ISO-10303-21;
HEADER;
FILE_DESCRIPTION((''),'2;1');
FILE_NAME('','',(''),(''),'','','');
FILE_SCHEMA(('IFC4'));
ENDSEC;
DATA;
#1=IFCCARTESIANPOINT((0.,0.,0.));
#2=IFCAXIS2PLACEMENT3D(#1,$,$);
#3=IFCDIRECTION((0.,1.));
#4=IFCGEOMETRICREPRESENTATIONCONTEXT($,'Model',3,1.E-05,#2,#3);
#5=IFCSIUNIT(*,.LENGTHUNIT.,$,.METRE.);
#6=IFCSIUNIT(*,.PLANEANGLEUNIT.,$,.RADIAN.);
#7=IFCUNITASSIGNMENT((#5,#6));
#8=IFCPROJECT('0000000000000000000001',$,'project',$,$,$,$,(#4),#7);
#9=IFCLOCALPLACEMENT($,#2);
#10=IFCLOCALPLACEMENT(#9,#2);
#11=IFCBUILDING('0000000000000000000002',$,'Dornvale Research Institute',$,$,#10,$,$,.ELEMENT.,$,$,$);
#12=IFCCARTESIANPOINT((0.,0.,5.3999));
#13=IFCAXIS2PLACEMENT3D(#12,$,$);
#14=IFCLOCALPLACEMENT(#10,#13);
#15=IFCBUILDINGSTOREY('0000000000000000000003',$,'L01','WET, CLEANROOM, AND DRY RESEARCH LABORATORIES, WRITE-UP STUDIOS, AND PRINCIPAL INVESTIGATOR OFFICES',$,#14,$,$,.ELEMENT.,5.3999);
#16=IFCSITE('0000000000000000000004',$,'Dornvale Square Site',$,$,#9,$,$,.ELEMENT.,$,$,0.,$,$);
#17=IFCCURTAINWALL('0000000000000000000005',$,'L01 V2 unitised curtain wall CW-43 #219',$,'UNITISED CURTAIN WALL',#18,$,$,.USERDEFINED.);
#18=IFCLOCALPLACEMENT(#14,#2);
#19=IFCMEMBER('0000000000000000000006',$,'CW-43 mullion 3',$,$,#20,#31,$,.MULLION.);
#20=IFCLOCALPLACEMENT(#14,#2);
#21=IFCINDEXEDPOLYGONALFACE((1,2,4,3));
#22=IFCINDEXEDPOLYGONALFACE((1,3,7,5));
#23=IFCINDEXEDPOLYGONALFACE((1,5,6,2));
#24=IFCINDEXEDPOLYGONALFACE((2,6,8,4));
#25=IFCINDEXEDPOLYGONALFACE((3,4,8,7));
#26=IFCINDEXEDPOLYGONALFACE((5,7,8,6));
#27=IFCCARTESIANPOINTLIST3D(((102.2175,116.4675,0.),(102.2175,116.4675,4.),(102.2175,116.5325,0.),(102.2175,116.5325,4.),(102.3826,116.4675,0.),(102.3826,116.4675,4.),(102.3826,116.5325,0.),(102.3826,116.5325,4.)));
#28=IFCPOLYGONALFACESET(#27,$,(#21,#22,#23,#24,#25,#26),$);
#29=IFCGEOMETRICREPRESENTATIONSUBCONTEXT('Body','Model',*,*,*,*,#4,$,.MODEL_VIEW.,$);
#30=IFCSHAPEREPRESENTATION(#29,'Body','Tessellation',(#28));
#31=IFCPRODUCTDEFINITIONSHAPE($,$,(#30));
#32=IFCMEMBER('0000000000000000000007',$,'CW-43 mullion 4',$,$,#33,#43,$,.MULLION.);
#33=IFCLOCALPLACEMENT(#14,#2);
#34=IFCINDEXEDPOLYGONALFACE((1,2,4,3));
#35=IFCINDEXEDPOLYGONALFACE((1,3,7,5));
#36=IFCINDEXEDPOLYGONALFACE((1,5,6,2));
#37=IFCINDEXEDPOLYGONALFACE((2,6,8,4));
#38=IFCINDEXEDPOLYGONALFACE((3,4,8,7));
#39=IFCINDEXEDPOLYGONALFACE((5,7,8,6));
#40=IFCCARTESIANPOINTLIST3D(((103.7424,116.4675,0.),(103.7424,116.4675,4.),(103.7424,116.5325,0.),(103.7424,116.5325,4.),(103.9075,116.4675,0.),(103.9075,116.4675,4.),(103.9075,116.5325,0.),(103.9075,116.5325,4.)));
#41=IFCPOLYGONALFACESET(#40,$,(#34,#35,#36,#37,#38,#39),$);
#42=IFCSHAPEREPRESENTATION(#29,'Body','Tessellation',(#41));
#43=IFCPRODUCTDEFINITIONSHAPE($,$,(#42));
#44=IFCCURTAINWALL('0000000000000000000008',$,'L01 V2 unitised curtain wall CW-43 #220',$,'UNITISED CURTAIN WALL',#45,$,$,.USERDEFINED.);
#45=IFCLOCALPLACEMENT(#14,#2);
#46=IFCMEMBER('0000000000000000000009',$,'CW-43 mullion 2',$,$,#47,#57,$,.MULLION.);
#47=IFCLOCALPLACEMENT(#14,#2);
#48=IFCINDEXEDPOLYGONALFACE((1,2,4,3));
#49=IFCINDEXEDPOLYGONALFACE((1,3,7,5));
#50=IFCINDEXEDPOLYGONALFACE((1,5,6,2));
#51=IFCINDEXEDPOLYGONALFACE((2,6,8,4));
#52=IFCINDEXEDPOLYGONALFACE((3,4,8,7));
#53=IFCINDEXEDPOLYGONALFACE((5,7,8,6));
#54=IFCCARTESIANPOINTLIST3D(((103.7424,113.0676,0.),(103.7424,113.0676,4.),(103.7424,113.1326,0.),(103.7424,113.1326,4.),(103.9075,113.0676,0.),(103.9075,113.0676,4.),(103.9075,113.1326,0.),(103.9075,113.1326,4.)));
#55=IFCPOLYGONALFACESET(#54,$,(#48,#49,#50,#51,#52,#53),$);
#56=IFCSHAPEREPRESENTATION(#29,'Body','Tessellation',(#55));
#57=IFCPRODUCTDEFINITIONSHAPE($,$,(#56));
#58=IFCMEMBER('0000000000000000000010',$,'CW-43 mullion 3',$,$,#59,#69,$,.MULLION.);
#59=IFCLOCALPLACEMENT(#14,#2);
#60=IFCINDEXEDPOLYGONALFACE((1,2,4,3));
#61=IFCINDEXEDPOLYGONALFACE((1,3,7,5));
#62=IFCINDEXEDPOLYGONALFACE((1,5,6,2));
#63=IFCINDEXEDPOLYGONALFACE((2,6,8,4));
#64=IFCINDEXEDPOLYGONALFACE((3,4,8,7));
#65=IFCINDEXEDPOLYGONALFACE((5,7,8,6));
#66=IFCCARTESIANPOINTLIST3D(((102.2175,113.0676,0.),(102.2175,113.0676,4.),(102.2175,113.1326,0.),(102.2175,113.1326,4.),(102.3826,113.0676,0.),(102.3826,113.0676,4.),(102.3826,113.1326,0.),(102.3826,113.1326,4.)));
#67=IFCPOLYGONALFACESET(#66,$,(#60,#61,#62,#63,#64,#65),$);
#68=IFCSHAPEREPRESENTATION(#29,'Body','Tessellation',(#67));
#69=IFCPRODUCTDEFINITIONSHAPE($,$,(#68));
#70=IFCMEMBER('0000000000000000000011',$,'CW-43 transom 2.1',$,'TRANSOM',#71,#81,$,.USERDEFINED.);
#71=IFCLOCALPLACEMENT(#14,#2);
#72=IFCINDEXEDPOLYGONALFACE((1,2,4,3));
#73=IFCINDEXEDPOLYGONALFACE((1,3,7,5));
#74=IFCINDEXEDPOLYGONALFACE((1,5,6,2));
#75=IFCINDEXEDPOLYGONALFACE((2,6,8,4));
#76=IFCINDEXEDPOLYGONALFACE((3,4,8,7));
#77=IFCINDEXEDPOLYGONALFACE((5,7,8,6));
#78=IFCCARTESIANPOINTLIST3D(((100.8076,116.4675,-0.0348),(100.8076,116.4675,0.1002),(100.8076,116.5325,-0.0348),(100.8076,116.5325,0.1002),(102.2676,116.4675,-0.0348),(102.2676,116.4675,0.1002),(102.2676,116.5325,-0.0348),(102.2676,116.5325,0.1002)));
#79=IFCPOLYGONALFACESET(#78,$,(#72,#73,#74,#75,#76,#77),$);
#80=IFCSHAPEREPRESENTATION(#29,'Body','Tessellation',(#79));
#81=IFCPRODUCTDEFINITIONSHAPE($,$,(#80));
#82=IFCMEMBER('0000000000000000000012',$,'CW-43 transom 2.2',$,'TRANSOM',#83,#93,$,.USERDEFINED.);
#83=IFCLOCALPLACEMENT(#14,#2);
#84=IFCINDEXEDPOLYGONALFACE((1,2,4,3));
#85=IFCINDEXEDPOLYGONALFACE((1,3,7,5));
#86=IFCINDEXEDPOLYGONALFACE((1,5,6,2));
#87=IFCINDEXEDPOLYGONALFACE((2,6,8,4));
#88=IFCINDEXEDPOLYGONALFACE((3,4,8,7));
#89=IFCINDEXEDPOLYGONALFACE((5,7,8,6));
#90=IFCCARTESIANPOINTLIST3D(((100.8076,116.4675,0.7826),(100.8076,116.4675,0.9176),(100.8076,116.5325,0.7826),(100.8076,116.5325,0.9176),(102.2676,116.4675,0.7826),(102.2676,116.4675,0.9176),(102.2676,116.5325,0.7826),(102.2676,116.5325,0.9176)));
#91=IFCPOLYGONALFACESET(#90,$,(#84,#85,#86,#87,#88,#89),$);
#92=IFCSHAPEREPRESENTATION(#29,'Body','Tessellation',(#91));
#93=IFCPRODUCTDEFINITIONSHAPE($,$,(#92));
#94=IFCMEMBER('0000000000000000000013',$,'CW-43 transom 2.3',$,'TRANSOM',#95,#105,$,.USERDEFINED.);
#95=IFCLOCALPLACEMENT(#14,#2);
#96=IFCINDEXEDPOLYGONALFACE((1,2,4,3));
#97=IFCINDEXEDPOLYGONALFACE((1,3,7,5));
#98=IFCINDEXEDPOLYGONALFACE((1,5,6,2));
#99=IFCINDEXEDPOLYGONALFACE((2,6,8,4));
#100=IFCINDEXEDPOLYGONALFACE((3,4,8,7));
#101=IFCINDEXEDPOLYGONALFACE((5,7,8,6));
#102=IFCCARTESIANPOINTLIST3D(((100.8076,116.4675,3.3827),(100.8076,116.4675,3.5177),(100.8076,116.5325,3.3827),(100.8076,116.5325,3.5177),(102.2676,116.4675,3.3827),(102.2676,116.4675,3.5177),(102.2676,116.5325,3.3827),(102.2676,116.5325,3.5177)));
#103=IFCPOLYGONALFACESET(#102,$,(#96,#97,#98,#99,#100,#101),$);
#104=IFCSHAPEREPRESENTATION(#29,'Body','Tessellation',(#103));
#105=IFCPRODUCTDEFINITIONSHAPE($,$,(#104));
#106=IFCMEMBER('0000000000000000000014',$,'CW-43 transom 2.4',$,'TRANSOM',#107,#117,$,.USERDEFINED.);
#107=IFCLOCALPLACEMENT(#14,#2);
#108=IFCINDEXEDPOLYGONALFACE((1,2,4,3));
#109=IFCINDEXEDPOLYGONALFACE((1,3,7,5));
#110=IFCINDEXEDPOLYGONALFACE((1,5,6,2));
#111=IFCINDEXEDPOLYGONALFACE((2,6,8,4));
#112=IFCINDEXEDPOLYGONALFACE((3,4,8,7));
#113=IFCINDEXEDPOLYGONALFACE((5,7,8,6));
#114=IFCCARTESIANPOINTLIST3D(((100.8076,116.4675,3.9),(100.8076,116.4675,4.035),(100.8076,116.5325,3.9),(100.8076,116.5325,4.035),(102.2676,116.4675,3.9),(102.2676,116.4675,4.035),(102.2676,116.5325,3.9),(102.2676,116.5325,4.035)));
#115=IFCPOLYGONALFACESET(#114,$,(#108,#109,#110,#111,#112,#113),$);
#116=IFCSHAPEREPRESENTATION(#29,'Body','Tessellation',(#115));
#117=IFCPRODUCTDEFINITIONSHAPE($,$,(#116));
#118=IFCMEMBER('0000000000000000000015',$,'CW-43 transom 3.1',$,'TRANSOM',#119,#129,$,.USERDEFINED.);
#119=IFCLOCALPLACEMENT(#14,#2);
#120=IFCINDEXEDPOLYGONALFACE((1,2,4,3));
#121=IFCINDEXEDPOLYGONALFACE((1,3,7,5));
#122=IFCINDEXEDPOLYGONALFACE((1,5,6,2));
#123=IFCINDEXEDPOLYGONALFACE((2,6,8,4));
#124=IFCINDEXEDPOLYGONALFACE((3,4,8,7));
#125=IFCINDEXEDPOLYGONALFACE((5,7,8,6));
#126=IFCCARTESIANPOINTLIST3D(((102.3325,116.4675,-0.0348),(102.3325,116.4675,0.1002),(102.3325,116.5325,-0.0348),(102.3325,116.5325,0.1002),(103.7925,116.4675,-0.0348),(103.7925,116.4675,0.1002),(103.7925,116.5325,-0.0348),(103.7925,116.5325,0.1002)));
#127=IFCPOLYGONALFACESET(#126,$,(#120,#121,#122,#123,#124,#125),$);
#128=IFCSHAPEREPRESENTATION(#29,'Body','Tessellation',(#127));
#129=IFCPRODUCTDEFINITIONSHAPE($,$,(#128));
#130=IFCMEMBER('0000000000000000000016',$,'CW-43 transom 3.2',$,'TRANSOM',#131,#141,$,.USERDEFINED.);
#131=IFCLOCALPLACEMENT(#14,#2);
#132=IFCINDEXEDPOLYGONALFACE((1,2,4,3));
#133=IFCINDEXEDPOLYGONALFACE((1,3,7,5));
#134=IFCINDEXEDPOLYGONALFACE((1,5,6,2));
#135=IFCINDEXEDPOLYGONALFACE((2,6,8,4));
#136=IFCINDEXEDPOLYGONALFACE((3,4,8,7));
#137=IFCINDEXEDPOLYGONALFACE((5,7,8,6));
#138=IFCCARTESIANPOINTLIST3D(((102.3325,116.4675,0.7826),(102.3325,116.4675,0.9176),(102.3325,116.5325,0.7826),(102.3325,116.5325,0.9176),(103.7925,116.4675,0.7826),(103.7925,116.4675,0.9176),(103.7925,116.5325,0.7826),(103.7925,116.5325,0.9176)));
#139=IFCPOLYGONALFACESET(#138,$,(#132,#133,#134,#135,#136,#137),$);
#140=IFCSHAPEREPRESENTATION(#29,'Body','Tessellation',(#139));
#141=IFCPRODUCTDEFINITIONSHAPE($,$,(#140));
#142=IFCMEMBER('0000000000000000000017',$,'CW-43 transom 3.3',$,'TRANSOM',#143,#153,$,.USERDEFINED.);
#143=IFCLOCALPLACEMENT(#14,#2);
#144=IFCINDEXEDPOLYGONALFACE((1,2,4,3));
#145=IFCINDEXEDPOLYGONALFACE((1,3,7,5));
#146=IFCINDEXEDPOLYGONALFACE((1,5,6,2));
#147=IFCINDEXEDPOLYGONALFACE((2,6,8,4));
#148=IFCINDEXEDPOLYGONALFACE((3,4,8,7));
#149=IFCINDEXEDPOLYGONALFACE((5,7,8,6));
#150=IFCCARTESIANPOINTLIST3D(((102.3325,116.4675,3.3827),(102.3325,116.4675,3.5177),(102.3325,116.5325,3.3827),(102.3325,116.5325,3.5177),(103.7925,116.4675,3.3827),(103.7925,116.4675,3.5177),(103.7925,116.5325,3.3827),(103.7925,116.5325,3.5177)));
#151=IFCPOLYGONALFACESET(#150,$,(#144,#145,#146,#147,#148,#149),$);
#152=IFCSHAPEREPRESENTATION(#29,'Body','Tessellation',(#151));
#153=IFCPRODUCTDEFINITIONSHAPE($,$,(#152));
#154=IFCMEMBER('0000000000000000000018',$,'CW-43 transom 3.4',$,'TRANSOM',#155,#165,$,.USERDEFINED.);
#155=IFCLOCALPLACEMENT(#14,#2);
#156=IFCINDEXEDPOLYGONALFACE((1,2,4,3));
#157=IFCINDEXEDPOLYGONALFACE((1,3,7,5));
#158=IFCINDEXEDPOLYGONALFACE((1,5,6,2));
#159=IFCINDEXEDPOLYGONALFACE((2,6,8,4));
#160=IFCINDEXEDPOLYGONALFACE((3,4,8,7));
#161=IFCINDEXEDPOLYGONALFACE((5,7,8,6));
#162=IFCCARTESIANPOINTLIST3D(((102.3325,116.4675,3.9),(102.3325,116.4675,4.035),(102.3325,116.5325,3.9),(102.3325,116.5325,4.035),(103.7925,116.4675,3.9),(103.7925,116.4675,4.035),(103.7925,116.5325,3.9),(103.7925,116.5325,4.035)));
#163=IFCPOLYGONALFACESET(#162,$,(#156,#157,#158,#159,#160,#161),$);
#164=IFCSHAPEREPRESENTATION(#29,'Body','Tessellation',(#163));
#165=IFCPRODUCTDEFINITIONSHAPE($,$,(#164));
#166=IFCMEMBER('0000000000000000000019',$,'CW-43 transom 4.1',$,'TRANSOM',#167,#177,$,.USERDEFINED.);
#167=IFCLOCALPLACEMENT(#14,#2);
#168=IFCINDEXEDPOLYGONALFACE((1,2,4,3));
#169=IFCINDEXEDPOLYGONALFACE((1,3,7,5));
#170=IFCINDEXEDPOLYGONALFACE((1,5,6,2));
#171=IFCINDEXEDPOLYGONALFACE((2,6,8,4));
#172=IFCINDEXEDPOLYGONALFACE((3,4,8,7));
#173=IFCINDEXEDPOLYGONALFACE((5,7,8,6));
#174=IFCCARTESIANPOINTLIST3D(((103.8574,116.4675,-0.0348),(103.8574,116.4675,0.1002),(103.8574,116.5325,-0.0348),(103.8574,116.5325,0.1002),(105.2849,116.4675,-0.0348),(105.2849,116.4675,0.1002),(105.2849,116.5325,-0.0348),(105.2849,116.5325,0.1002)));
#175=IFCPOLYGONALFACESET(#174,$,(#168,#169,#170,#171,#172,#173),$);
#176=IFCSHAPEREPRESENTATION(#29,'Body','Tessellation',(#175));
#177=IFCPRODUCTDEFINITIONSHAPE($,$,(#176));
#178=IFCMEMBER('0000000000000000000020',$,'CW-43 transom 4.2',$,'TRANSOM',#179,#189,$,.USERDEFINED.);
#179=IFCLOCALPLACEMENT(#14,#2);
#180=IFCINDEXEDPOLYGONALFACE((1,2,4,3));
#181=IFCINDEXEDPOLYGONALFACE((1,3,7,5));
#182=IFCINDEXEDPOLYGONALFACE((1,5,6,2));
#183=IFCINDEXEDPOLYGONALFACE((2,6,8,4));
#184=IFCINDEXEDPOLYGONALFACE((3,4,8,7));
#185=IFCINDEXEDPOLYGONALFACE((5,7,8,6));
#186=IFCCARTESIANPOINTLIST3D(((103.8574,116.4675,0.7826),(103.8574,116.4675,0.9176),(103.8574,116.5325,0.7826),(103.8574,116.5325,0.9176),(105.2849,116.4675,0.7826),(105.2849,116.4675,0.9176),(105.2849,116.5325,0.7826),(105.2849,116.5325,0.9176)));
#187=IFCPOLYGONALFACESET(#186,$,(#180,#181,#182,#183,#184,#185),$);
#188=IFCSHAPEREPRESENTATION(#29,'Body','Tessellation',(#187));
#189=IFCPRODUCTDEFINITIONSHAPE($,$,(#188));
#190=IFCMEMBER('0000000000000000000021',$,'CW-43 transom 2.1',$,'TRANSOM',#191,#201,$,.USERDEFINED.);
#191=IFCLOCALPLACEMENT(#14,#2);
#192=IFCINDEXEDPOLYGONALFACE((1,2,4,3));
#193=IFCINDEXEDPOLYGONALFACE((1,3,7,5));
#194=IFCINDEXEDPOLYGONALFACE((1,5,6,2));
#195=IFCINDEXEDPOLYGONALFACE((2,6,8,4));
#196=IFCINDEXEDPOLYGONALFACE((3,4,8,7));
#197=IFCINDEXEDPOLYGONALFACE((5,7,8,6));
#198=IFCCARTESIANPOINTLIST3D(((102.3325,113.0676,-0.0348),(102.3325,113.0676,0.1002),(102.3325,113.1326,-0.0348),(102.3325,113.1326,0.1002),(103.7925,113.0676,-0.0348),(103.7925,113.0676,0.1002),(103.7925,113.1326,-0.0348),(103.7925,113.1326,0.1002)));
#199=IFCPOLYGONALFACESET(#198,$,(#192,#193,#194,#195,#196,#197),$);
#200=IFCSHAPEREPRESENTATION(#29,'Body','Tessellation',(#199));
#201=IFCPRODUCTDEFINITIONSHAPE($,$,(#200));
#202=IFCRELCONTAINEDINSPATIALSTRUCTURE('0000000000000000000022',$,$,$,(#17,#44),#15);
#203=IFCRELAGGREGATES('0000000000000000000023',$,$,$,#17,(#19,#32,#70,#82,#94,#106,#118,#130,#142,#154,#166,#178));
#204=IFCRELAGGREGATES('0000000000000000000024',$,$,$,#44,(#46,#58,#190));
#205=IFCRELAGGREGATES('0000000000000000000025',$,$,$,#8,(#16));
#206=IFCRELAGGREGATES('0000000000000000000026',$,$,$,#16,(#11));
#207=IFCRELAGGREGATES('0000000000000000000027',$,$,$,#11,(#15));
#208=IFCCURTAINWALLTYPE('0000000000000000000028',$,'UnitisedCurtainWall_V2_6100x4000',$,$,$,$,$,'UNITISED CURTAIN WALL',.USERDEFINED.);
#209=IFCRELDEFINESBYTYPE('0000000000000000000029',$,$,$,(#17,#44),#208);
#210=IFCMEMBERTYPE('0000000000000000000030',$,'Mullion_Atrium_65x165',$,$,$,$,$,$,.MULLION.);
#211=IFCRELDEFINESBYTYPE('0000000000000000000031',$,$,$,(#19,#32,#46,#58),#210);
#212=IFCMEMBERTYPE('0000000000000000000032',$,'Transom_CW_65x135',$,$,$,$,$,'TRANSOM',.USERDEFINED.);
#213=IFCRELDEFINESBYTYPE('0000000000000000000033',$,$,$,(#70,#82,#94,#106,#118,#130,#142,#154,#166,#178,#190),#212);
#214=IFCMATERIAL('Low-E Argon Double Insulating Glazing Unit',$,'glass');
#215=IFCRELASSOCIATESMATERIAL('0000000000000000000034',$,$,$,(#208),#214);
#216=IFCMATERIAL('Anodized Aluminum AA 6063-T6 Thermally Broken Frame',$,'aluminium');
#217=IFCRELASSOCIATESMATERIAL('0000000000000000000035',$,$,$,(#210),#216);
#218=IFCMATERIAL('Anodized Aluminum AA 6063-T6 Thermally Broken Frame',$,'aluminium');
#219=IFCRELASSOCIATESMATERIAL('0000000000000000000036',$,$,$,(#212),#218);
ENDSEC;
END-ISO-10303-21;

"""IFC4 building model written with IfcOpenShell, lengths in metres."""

from ifc_helpers import new_model, si_unit, direction, frame, origin, origin_2d, place, context, subcontext, project, spatial, rectangle, extrude, material, material_profile, profile_set, type_object, element, aggregate, save


model = new_model("IFC4")

# Units and contexts
model_context = context("Model", 3, precision=1e-05, world=origin(), true_north=direction((0.0, 1.0)))
body_context = subcontext(model_context, "Body", "Model", "MODEL_VIEW")
ifc_project = project(units=[si_unit("LENGTHUNIT", "METRE"), si_unit("PLANEANGLEUNIT", "RADIAN")], contexts=[model_context])

# Site, building, storey
site_placement = place(None, origin())
site = spatial("IfcSite", under=ifc_project, at=site_placement, Name="Dornvale Square Site", CompositionType="ELEMENT", RefElevation=0.0)
building_placement = place(site_placement, origin())
building = spatial("IfcBuilding", under=site, at=building_placement, Name="Dornvale Research Institute", CompositionType="ELEMENT")
storey_placement = place(building_placement, frame((0.0, 0.0, 5.3999)))
storey = spatial("IfcBuildingStorey", under=building, at=storey_placement, Name="L01", Description="WET, CLEANROOM, AND DRY RESEARCH LABORATORIES, WRITE-UP STUDIOS, AND PRINCIPAL INVESTIGATOR OFFICES", CompositionType="ELEMENT", Elevation=5.3999)

# Curtain walls, members
ifc_material_1 = material(Name="Low-E Argon Double Insulating Glazing Unit", Category="glass")
curtain_wall_type = type_object("IfcCurtainWallType", Name="UnitisedCurtainWall_V2_6100x4000", ElementType="UNITISED CURTAIN WALL", PredefinedType="USERDEFINED", material=ifc_material_1)
curtain_wall_1_placement = place(storey_placement, origin())
curtain_wall_1 = element("IfcCurtainWall", 1, at=curtain_wall_1_placement, inside=storey, type_object=curtain_wall_type, Name="L01 V2 unitised curtain wall CW-43 #219", ObjectType="UNITISED CURTAIN WALL", PredefinedType="USERDEFINED")
ifc_material_2 = material(Name="Anodized Aluminum AA 6063-T6 Thermally Broken Frame", Category="aluminium")
ifc_material_profile_1 = material_profile(ifc_material_2, rectangle(XDim=0.0649, YDim=0.165, at=origin_2d()), Name="ALU MULLION 65x165")
ifc_profile_set_1 = profile_set([ifc_material_profile_1], Name="Anodized Aluminum AA 6063-T6 Thermally Broken Frame")
member_type_1 = type_object("IfcMemberType", Name="Mullion_Atrium_65x165", PredefinedType="MULLION", material=ifc_profile_set_1)
member_1_placement = place(storey_placement, frame((102.3, 116.5, 0.0), z_axis=(0.0, 0.0, 1.0), x_axis=(0.0, 1.0, 0.0)))
member_1 = element("IfcMember", 2, at=member_1_placement, type_object=member_type_1, Name="CW-43 mullion 3", PredefinedType="MULLION", context=body_context, shape_type="SweptSolid", body=[
    extrude(rectangle(XDim=0.0649, YDim=0.165, at=origin_2d()), origin(), (0.0, 0.0, 1.0), 4.0),
])
member_2_placement = place(storey_placement, frame((103.825, 116.5, 0.0), z_axis=(0.0, 0.0, 1.0), x_axis=(0.0, 1.0, 0.0)))
member_2 = element("IfcMember", 3, at=member_2_placement, type_object=member_type_1, Name="CW-43 mullion 4", PredefinedType="MULLION", context=body_context, shape_type="SweptSolid", body=[
    extrude(rectangle(XDim=0.0649, YDim=0.165, at=origin_2d()), origin(), (0.0, 0.0, 1.0), 4.0),
])
curtain_wall_2_placement = place(storey_placement, origin())
curtain_wall_2 = element("IfcCurtainWall", 4, at=curtain_wall_2_placement, inside=storey, type_object=curtain_wall_type, Name="L01 V2 unitised curtain wall CW-43 #220", ObjectType="UNITISED CURTAIN WALL", PredefinedType="USERDEFINED")
member_3_placement = place(storey_placement, frame((103.825, 113.1001, 0.0), z_axis=(0.0, 0.0, 1.0), x_axis=(0.0, -1.0, 0.0)))
member_3 = element("IfcMember", 5, at=member_3_placement, type_object=member_type_1, Name="CW-43 mullion 2", PredefinedType="MULLION", context=body_context, shape_type="SweptSolid", body=[
    extrude(rectangle(XDim=0.0649, YDim=0.165, at=origin_2d()), origin(), (0.0, 0.0, 1.0), 4.0),
])
member_4_placement = place(storey_placement, frame((102.3, 113.1001, 0.0), z_axis=(0.0, 0.0, 1.0), x_axis=(0.0, -1.0, 0.0)))
member_4 = element("IfcMember", 6, at=member_4_placement, type_object=member_type_1, Name="CW-43 mullion 3", PredefinedType="MULLION", context=body_context, shape_type="SweptSolid", body=[
    extrude(rectangle(XDim=0.0649, YDim=0.165, at=origin_2d()), origin(), (0.0, 0.0, 1.0), 4.0),
])

# Members
ifc_material_3 = material(Name="Anodized Aluminum AA 6063-T6 Thermally Broken Frame", Category="aluminium")
ifc_material_profile_2 = material_profile(ifc_material_3, rectangle(XDim=0.0649, YDim=0.135, at=origin_2d()), Name="ALU TRANSOM 65x135")
ifc_profile_set_2 = profile_set([ifc_material_profile_2], Name="Anodized Aluminum AA 6063-T6 Thermally Broken Frame")
member_type_2 = type_object("IfcMemberType", Name="Transom_CW_65x135", ElementType="TRANSOM", PredefinedType="USERDEFINED", material=ifc_profile_set_2)
member_5_placement = place(storey_placement, frame((100.8076, 116.5, 0.0327), z_axis=(1.0, 0.0, 0.0), x_axis=(0.0, 1.0, 0.0)))
member_5 = element("IfcMember", 7, at=member_5_placement, type_object=member_type_2, Name="CW-43 transom 2.1", ObjectType="TRANSOM", PredefinedType="USERDEFINED", context=body_context, shape_type="SweptSolid", body=[
    extrude(rectangle(XDim=0.0649, YDim=0.135, at=origin_2d()), origin(), (0.0, 0.0, 1.0), 1.46),
])
member_6_placement = place(storey_placement, frame((100.8076, 116.5, 0.8501), z_axis=(1.0, 0.0, 0.0), x_axis=(0.0, 1.0, 0.0)))
member_6 = element("IfcMember", 8, at=member_6_placement, type_object=member_type_2, Name="CW-43 transom 2.2", ObjectType="TRANSOM", PredefinedType="USERDEFINED", context=body_context, shape_type="SweptSolid", body=[
    extrude(rectangle(XDim=0.0649, YDim=0.135, at=origin_2d()), origin(), (0.0, 0.0, 1.0), 1.46),
])
member_7_placement = place(storey_placement, frame((100.8076, 116.5, 3.4502), z_axis=(1.0, 0.0, 0.0), x_axis=(0.0, 1.0, 0.0)))
member_7 = element("IfcMember", 9, at=member_7_placement, type_object=member_type_2, Name="CW-43 transom 2.3", ObjectType="TRANSOM", PredefinedType="USERDEFINED", context=body_context, shape_type="SweptSolid", body=[
    extrude(rectangle(XDim=0.0649, YDim=0.135, at=origin_2d()), origin(), (0.0, 0.0, 1.0), 1.46),
])
member_8_placement = place(storey_placement, frame((100.8076, 116.5, 3.9675), z_axis=(1.0, 0.0, 0.0), x_axis=(0.0, 1.0, 0.0)))
member_8 = element("IfcMember", 10, at=member_8_placement, type_object=member_type_2, Name="CW-43 transom 2.4", ObjectType="TRANSOM", PredefinedType="USERDEFINED", context=body_context, shape_type="SweptSolid", body=[
    extrude(rectangle(XDim=0.0649, YDim=0.135, at=origin_2d()), origin(), (0.0, 0.0, 1.0), 1.46),
])
member_9_placement = place(storey_placement, frame((102.3325, 116.5, 0.0327), z_axis=(1.0, 0.0, 0.0), x_axis=(0.0, 1.0, 0.0)))
member_9 = element("IfcMember", 11, at=member_9_placement, type_object=member_type_2, Name="CW-43 transom 3.1", ObjectType="TRANSOM", PredefinedType="USERDEFINED", context=body_context, shape_type="SweptSolid", body=[
    extrude(rectangle(XDim=0.0649, YDim=0.135, at=origin_2d()), origin(), (0.0, 0.0, 1.0), 1.46),
])
member_10_placement = place(storey_placement, frame((102.3325, 116.5, 0.8501), z_axis=(1.0, 0.0, 0.0), x_axis=(0.0, 1.0, 0.0)))
member_10 = element("IfcMember", 12, at=member_10_placement, type_object=member_type_2, Name="CW-43 transom 3.2", ObjectType="TRANSOM", PredefinedType="USERDEFINED", context=body_context, shape_type="SweptSolid", body=[
    extrude(rectangle(XDim=0.0649, YDim=0.135, at=origin_2d()), origin(), (0.0, 0.0, 1.0), 1.46),
])
member_11_placement = place(storey_placement, frame((102.3325, 116.5, 3.4502), z_axis=(1.0, 0.0, 0.0), x_axis=(0.0, 1.0, 0.0)))
member_11 = element("IfcMember", 13, at=member_11_placement, type_object=member_type_2, Name="CW-43 transom 3.3", ObjectType="TRANSOM", PredefinedType="USERDEFINED", context=body_context, shape_type="SweptSolid", body=[
    extrude(rectangle(XDim=0.0649, YDim=0.135, at=origin_2d()), origin(), (0.0, 0.0, 1.0), 1.46),
])
member_12_placement = place(storey_placement, frame((102.3325, 116.5, 3.9675), z_axis=(1.0, 0.0, 0.0), x_axis=(0.0, 1.0, 0.0)))
member_12 = element("IfcMember", 14, at=member_12_placement, type_object=member_type_2, Name="CW-43 transom 3.4", ObjectType="TRANSOM", PredefinedType="USERDEFINED", context=body_context, shape_type="SweptSolid", body=[
    extrude(rectangle(XDim=0.0649, YDim=0.135, at=origin_2d()), origin(), (0.0, 0.0, 1.0), 1.46),
])
member_13_placement = place(storey_placement, frame((103.8574, 116.5, 0.0327), z_axis=(1.0, 0.0, 0.0), x_axis=(0.0, 1.0, 0.0)))
member_13 = element("IfcMember", 15, at=member_13_placement, type_object=member_type_2, Name="CW-43 transom 4.1", ObjectType="TRANSOM", PredefinedType="USERDEFINED", context=body_context, shape_type="SweptSolid", body=[
    extrude(rectangle(XDim=0.0649, YDim=0.135, at=origin_2d()), origin(), (0.0, 0.0, 1.0), 1.4275),
])
member_14_placement = place(storey_placement, frame((103.8574, 116.5, 0.8501), z_axis=(1.0, 0.0, 0.0), x_axis=(0.0, 1.0, 0.0)))
member_14 = element("IfcMember", 16, at=member_14_placement, type_object=member_type_2, Name="CW-43 transom 4.2", ObjectType="TRANSOM", PredefinedType="USERDEFINED", context=body_context, shape_type="SweptSolid", body=[
    extrude(rectangle(XDim=0.0649, YDim=0.135, at=origin_2d()), origin(), (0.0, 0.0, 1.0), 1.4275),
])
member_15_placement = place(storey_placement, frame((103.7925, 113.1001, 0.0327), z_axis=(-1.0, 0.0, 0.0), x_axis=(0.0, -1.0, 0.0)))
member_15 = element("IfcMember", 17, at=member_15_placement, type_object=member_type_2, Name="CW-43 transom 2.1", ObjectType="TRANSOM", PredefinedType="USERDEFINED", context=body_context, shape_type="SweptSolid", body=[
    extrude(rectangle(XDim=0.0649, YDim=0.135, at=origin_2d()), origin(), (0.0, 0.0, 1.0), 1.46),
])

aggregate(curtain_wall_1, [member_1, member_2, member_5, member_6, member_7, member_8, member_9, member_10, member_11, member_12, member_13, member_14])
aggregate(curtain_wall_2, [member_3, member_4, member_15])

save(model, "model.ifc")
